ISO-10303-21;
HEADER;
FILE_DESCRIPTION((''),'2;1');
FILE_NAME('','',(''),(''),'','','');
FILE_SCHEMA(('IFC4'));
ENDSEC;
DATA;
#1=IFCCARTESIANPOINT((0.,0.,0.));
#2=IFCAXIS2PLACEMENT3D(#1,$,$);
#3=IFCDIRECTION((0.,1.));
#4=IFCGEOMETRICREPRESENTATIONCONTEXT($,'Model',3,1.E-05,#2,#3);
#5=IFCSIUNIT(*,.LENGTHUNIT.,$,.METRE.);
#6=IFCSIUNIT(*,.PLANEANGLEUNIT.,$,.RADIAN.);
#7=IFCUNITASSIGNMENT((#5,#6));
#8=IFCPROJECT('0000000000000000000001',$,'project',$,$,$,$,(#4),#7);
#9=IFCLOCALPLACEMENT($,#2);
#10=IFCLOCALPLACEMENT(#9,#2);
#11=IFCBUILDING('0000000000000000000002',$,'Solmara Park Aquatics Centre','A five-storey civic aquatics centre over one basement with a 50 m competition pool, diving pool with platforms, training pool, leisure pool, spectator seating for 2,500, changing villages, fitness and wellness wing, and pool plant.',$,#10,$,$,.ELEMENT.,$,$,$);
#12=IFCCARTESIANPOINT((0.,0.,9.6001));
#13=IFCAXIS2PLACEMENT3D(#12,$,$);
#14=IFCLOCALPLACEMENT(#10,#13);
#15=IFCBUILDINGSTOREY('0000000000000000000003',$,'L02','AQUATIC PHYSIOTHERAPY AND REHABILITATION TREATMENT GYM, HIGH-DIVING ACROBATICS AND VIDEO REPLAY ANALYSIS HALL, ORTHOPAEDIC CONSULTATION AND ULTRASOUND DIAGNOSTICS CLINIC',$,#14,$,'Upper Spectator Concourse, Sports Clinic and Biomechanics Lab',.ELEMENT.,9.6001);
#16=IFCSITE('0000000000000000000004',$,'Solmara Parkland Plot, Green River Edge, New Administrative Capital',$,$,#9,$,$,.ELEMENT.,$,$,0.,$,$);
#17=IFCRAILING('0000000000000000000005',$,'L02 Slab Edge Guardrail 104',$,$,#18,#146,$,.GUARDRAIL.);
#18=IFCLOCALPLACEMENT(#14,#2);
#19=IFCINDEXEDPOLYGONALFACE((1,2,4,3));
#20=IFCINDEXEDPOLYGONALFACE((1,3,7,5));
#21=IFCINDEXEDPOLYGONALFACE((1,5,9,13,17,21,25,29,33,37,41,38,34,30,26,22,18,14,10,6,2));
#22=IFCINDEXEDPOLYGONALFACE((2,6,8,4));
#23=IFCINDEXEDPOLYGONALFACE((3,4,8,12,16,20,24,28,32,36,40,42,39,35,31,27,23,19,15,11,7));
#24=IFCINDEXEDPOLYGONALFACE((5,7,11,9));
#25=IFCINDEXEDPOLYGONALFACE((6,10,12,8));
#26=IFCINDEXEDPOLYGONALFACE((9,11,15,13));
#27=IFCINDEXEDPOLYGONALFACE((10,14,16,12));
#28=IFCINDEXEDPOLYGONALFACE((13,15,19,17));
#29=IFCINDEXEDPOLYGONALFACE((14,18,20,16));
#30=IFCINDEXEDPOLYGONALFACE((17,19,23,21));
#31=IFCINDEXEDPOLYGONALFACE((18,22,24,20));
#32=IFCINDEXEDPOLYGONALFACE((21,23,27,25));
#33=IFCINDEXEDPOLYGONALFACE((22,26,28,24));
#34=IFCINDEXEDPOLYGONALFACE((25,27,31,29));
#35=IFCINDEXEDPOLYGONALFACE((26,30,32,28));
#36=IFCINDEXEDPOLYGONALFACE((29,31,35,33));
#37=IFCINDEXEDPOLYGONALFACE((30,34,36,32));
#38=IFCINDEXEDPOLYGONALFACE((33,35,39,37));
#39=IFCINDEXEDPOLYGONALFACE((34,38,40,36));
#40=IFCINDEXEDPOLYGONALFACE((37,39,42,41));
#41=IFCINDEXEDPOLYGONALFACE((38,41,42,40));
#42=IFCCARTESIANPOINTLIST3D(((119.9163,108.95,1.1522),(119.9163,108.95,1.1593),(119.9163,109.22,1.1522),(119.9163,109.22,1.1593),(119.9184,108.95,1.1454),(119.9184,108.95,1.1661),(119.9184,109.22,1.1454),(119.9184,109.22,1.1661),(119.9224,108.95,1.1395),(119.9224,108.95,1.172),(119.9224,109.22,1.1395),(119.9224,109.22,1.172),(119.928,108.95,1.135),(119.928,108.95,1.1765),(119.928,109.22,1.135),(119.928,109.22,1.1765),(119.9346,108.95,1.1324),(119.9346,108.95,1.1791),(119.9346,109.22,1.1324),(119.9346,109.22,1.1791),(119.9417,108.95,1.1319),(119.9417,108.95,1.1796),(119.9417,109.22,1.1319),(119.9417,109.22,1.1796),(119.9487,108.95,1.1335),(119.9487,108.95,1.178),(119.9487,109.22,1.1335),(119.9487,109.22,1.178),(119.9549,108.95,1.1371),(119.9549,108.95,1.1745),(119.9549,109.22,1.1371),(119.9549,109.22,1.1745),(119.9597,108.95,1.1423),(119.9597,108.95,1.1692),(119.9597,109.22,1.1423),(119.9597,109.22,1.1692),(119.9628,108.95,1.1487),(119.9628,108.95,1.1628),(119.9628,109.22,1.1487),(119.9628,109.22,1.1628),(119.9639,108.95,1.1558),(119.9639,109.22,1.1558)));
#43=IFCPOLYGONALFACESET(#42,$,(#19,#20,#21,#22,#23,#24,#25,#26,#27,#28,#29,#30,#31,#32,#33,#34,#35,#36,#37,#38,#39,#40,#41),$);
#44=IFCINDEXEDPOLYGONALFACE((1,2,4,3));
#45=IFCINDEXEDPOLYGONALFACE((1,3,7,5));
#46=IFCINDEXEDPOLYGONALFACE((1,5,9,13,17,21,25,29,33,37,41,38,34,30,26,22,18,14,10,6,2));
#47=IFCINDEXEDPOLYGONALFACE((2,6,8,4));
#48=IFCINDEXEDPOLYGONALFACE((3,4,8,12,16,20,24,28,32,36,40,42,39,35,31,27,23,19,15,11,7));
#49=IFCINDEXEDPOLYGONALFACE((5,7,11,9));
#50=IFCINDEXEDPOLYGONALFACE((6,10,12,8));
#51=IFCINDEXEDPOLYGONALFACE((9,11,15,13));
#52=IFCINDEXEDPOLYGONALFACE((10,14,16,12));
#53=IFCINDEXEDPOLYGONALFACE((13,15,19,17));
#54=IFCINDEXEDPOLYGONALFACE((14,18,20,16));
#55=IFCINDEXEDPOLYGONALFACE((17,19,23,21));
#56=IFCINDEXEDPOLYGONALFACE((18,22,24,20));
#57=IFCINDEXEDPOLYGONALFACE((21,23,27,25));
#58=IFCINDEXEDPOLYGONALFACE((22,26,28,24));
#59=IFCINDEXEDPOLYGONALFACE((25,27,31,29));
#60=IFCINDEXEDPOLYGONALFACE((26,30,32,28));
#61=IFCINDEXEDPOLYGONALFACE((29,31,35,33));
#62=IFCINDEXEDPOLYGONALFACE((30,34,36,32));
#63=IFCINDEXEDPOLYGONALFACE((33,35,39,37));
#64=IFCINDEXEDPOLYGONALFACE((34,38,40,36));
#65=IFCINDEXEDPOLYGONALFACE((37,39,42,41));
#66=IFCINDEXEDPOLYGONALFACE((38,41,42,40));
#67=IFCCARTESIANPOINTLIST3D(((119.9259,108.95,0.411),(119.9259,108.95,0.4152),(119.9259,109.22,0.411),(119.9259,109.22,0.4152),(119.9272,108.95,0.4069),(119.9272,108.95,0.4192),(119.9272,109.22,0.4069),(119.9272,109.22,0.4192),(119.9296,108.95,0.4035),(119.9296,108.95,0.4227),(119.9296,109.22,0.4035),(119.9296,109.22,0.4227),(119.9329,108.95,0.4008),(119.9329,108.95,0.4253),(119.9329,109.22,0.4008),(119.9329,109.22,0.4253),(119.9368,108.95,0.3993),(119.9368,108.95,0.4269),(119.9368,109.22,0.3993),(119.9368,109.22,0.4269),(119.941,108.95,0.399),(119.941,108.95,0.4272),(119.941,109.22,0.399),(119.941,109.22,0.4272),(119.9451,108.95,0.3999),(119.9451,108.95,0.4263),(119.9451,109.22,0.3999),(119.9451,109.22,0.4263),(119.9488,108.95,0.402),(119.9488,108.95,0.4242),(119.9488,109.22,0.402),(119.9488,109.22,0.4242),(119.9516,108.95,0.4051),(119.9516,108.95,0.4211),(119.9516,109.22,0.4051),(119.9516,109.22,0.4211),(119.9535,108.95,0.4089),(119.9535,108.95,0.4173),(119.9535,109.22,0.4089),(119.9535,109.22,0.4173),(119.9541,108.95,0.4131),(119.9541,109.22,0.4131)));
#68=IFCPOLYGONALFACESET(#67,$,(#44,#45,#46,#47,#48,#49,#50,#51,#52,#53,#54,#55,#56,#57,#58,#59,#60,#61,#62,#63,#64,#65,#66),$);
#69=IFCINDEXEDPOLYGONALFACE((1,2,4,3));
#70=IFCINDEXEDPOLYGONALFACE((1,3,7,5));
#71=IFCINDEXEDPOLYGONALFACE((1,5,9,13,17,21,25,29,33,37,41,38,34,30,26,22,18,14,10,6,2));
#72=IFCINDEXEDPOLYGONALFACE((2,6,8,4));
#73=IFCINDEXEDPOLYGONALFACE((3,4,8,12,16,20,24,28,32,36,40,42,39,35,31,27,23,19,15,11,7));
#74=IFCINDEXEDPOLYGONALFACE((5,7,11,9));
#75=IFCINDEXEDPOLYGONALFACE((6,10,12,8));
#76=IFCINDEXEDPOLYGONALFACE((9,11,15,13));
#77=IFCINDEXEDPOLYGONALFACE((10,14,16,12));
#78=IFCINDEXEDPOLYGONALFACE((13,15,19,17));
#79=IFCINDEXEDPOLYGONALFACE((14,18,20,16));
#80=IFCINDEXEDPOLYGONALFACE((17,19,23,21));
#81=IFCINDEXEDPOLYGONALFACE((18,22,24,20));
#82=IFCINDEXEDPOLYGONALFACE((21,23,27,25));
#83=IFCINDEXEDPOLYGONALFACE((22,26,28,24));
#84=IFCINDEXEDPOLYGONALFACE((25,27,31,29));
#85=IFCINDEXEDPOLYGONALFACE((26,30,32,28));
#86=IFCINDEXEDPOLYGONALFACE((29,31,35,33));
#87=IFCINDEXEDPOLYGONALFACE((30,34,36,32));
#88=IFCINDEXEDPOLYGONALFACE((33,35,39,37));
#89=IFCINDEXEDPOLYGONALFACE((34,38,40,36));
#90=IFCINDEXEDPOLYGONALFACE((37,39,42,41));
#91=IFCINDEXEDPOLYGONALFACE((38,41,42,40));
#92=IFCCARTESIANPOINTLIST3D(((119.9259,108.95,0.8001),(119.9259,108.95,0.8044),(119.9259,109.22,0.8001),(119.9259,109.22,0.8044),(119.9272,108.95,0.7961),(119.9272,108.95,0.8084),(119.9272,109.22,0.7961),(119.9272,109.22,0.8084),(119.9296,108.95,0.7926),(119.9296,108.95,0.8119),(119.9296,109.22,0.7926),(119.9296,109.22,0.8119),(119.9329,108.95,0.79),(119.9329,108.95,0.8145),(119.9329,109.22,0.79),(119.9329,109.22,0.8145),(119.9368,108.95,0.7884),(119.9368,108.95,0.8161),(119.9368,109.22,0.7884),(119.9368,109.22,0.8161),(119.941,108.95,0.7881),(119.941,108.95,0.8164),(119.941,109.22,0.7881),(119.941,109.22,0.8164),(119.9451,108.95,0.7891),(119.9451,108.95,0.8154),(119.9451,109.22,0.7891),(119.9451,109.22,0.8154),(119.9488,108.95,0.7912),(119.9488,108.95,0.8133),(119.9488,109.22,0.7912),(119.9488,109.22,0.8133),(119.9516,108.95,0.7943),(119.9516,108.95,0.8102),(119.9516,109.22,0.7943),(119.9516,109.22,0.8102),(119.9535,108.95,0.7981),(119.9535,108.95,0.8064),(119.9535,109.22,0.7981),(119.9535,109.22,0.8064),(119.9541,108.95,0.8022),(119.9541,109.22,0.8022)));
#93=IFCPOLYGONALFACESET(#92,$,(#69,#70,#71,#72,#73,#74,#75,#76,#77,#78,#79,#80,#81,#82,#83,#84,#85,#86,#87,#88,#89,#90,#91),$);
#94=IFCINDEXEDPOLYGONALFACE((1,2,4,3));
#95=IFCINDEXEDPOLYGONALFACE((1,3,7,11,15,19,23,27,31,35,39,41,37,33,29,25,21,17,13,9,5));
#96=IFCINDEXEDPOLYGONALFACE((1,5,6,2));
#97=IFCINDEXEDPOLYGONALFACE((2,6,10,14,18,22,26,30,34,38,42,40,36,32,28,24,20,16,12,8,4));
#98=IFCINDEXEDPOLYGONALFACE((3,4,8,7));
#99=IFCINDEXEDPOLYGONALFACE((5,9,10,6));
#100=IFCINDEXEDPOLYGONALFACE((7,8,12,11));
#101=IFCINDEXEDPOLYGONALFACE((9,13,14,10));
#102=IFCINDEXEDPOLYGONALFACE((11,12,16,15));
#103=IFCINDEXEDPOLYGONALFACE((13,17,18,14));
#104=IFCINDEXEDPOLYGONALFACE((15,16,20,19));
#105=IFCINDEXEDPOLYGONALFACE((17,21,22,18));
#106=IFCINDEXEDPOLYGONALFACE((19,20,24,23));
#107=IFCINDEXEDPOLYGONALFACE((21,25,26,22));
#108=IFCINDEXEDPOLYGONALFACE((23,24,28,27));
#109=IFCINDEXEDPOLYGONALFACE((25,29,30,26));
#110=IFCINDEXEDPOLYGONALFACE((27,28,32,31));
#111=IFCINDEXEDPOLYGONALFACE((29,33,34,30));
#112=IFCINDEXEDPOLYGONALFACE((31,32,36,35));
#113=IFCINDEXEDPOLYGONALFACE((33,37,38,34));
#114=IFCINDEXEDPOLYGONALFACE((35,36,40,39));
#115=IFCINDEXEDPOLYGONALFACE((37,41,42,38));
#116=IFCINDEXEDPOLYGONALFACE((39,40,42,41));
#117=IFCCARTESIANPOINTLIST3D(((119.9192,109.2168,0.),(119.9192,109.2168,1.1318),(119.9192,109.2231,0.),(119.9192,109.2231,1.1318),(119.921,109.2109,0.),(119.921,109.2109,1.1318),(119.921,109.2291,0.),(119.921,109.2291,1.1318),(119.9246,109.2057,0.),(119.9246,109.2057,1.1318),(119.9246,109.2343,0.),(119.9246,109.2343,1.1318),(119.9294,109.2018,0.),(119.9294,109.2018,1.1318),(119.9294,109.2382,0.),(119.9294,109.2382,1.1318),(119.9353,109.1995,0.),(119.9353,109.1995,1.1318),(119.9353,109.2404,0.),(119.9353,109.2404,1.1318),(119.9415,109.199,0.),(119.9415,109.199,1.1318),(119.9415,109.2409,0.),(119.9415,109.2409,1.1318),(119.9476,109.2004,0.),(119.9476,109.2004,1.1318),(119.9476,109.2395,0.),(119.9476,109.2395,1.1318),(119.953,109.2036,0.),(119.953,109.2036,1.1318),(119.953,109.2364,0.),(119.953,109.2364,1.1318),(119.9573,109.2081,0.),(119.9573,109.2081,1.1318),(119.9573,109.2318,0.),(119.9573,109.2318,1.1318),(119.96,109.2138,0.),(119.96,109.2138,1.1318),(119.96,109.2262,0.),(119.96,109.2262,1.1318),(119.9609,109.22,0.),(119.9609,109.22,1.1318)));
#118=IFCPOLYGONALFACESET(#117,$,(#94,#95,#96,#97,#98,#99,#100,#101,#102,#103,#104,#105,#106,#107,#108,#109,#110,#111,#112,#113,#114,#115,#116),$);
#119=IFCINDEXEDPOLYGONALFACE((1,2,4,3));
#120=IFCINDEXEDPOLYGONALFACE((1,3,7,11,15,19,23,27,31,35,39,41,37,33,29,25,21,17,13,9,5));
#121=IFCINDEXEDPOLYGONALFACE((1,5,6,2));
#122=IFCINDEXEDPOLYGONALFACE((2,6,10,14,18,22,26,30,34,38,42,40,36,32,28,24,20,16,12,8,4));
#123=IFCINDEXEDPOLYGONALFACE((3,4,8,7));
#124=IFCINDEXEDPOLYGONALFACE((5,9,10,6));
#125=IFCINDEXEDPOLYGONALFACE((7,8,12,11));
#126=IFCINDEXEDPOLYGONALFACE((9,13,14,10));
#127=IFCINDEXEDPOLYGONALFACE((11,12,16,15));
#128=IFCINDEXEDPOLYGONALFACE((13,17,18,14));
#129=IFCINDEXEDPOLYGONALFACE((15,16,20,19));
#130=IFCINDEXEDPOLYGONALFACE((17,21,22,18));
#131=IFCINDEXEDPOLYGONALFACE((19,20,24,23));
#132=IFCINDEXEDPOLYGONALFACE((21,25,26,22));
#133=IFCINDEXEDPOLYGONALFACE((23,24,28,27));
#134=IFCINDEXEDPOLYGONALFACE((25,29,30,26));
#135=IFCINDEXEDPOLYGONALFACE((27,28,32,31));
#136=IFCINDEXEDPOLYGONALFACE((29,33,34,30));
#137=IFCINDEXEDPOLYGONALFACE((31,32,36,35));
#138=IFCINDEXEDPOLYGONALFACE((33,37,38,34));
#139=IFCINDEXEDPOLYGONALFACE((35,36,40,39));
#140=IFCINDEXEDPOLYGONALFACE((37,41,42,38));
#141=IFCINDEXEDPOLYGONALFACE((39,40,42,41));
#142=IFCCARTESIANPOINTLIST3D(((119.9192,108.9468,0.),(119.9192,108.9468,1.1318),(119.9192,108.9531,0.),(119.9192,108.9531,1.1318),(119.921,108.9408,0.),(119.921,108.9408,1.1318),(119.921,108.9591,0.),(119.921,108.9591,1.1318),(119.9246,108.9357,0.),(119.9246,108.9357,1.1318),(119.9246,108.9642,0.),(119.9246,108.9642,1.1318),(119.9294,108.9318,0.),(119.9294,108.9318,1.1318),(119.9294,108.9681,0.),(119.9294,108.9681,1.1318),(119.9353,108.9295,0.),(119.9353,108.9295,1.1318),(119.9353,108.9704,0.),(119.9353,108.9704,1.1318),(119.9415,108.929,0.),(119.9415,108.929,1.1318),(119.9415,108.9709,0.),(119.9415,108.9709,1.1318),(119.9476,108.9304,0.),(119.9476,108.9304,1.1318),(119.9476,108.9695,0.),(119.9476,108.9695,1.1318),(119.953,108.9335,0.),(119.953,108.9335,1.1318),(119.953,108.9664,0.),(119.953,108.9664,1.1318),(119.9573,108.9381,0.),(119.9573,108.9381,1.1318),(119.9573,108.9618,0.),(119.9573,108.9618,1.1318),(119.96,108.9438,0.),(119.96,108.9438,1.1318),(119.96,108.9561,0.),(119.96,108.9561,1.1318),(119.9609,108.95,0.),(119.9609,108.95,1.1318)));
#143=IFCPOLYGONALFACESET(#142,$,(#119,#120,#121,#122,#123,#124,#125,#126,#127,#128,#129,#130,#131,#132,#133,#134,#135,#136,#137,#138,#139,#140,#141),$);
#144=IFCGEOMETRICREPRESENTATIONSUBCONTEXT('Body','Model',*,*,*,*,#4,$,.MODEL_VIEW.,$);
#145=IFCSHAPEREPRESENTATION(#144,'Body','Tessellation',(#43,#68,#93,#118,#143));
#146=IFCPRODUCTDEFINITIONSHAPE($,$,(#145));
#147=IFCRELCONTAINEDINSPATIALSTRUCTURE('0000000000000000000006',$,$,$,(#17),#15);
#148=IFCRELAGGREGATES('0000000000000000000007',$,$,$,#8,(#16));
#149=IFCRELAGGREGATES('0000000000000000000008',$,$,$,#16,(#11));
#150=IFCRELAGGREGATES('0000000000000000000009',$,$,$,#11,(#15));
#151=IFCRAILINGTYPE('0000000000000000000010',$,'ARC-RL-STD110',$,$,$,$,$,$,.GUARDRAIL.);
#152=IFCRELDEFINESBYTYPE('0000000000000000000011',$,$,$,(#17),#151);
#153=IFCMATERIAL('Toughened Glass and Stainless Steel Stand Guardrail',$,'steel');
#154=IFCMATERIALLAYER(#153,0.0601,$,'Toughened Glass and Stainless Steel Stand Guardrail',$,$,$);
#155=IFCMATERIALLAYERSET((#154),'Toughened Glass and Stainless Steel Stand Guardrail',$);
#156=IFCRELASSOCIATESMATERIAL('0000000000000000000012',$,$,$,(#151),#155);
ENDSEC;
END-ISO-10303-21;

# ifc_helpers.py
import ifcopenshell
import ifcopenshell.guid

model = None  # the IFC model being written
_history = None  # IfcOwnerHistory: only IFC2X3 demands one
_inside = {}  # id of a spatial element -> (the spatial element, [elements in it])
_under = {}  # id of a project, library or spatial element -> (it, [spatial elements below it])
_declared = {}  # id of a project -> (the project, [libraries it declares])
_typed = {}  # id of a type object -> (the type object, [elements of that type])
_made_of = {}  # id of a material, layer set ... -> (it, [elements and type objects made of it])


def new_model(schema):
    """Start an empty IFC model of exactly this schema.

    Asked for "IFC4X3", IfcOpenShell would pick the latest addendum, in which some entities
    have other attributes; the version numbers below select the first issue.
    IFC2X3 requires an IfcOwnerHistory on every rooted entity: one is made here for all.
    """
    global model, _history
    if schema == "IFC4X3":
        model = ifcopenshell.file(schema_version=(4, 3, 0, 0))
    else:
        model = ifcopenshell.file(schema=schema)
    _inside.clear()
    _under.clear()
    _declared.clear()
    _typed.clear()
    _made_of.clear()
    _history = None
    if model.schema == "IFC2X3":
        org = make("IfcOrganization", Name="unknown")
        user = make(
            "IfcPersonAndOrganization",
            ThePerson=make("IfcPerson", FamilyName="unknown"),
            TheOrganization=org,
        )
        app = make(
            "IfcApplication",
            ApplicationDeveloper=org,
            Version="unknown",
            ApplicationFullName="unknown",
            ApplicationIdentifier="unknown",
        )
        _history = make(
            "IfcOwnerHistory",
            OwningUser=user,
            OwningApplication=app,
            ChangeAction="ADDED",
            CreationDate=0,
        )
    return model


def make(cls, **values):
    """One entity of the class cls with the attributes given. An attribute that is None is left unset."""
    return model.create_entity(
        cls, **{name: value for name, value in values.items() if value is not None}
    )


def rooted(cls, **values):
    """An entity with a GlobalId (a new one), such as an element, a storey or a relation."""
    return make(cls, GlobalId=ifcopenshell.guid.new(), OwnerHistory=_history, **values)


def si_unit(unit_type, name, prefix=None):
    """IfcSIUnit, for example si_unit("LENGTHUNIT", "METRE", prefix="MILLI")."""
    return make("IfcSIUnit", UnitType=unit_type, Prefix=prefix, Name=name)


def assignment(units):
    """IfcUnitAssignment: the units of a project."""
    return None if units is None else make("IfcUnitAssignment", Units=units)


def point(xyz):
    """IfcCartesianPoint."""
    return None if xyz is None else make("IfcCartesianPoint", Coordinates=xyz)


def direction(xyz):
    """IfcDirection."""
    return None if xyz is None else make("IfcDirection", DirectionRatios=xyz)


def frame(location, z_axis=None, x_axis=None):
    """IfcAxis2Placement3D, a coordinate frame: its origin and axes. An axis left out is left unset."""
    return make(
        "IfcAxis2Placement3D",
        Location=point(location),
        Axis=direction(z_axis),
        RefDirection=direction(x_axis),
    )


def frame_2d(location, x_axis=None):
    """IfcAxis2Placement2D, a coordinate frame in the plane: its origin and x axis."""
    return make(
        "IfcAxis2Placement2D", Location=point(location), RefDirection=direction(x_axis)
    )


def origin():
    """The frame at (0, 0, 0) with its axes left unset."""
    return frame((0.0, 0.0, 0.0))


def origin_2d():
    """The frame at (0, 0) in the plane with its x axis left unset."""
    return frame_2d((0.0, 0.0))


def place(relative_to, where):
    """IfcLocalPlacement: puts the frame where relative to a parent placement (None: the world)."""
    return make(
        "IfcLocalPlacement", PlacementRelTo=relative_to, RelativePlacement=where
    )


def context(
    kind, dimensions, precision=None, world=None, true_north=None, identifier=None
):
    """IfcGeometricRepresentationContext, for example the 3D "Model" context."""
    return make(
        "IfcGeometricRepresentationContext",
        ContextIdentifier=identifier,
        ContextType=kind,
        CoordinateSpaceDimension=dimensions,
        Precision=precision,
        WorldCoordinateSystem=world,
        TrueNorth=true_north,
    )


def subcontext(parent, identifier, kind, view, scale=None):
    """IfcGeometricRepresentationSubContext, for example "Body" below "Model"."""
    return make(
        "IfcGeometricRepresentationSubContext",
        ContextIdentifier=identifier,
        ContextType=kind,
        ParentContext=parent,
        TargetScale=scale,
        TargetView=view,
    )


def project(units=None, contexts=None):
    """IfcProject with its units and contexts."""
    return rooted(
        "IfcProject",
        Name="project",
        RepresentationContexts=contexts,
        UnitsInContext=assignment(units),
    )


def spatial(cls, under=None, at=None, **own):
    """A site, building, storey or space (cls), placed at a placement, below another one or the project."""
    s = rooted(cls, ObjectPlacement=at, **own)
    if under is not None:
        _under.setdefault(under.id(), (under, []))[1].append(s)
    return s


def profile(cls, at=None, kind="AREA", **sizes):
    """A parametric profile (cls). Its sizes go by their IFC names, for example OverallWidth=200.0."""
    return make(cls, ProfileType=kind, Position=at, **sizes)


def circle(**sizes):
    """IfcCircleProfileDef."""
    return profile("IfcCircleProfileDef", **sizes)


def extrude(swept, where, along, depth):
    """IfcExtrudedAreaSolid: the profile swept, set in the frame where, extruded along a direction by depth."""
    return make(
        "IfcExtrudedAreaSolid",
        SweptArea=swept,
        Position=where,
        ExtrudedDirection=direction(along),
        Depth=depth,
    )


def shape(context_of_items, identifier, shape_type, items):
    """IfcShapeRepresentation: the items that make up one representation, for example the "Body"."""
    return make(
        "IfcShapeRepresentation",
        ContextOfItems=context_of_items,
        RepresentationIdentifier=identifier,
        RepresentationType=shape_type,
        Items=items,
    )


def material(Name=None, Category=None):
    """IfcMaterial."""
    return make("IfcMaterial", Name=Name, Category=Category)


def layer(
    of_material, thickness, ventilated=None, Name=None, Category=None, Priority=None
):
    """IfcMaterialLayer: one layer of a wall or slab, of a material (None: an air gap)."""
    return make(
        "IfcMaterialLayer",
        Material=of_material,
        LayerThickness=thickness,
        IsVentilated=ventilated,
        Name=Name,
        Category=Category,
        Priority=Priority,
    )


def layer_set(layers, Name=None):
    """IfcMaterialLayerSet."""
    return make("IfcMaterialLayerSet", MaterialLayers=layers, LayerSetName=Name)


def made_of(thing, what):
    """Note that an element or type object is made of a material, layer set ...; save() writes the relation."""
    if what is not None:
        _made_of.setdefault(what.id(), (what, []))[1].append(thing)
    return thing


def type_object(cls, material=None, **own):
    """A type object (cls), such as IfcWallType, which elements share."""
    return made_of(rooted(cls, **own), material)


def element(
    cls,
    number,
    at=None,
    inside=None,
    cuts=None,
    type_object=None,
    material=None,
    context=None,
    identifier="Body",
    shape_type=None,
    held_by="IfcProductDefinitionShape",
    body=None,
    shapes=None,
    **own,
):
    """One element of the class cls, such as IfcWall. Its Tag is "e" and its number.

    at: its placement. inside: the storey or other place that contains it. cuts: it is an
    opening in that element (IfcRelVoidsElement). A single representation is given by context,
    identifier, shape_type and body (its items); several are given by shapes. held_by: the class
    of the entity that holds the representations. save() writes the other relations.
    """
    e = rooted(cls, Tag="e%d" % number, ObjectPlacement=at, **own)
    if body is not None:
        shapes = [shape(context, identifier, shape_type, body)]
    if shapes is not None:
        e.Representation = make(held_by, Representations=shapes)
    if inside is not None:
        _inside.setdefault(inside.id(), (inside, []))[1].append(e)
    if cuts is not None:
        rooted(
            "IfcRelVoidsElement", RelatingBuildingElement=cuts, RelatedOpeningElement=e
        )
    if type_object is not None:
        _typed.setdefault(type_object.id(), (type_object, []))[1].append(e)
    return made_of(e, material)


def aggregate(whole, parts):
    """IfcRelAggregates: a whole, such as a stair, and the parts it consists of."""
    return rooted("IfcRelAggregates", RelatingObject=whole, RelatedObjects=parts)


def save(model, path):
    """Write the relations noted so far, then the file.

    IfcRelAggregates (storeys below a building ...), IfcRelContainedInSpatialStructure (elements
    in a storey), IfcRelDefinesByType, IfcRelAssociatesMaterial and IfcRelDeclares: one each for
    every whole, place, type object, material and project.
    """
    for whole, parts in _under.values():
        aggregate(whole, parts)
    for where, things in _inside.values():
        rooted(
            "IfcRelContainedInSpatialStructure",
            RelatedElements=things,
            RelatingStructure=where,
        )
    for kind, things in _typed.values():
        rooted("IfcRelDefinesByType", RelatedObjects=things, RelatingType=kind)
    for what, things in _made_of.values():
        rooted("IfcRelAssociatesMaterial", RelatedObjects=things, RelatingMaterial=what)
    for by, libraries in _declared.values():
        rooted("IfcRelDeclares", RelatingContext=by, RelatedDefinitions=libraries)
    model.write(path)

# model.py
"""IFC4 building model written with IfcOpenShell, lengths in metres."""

from ifc_helpers import new_model, si_unit, direction, frame, origin, origin_2d, place, context, subcontext, project, spatial, circle, extrude, material, layer, layer_set, type_object, element, save


model = new_model("IFC4")

# Units and contexts
model_context = context("Model", 3, precision=1e-05, world=origin(), true_north=direction((0.0, 1.0)))
body_context = subcontext(model_context, "Body", "Model", "MODEL_VIEW")
ifc_project = project(units=[si_unit("LENGTHUNIT", "METRE"), si_unit("PLANEANGLEUNIT", "RADIAN")], contexts=[model_context])

# Site, building, storey
site_placement = place(None, origin())
site = spatial("IfcSite", under=ifc_project, at=site_placement, Name="Solmara Parkland Plot, Green River Edge, New Administrative Capital", CompositionType="ELEMENT", RefElevation=0.0)
building_placement = place(site_placement, origin())
building = spatial("IfcBuilding", under=site, at=building_placement, Name="Solmara Park Aquatics Centre", Description="A five-storey civic aquatics centre over one basement with a 50 m competition pool, diving pool with platforms, training pool, leisure pool, spectator seating for 2,500, changing villages, fitness and wellness wing, and pool plant.", CompositionType="ELEMENT")
storey_placement = place(building_placement, frame((0.0, 0.0, 9.6001)))
storey = spatial("IfcBuildingStorey", under=building, at=storey_placement, Name="L02", Description="AQUATIC PHYSIOTHERAPY AND REHABILITATION TREATMENT GYM, HIGH-DIVING ACROBATICS AND VIDEO REPLAY ANALYSIS HALL, ORTHOPAEDIC CONSULTATION AND ULTRASOUND DIAGNOSTICS CLINIC", LongName="Upper Spectator Concourse, Sports Clinic and Biomechanics Lab", CompositionType="ELEMENT", Elevation=9.6001)

# Railing
ifc_material_1 = material(Name="Toughened Glass and Stainless Steel Stand Guardrail", Category="steel")
ifc_layer_1 = layer(ifc_material_1, 0.0601, Name="Toughened Glass and Stainless Steel Stand Guardrail")
ifc_layer_set_1 = layer_set([ifc_layer_1], Name="Toughened Glass and Stainless Steel Stand Guardrail")
railing_type_1 = type_object("IfcRailingType", Name="ARC-RL-STD110", PredefinedType="GUARDRAIL", material=ifc_layer_set_1)
railing_1_placement = place(storey_placement, frame((119.9399, 109.22, 0.0)))
element("IfcRailing", 1, at=railing_1_placement, inside=storey, type_object=railing_type_1, Name="L02 Slab Edge Guardrail 104", PredefinedType="GUARDRAIL", context=body_context, shape_type="SweptSolid", body=[
    extrude(circle(Radius=0.0239, at=origin_2d()), frame((0.0, 0.0, 1.1558), z_axis=(0.0, -1.0, 0.0), x_axis=(1.0, 0.0, 0.0)), (0.0, 0.0, 1.0), 0.27),
    extrude(circle(Radius=0.0142, at=origin_2d()), frame((0.0, 0.0, 0.4131), z_axis=(0.0, -1.0, 0.0), x_axis=(1.0, 0.0, 0.0)), (0.0, 0.0, 1.0), 0.27),
    extrude(circle(Radius=0.0142, at=origin_2d()), frame((0.0, 0.0, 0.8022), z_axis=(0.0, -1.0, 0.0), x_axis=(1.0, 0.0, 0.0)), (0.0, 0.0, 1.0), 0.27),
    extrude(circle(Radius=0.021, at=origin_2d()), origin(), (0.0, 0.0, 1.0), 1.1318),
    extrude(circle(Radius=0.021, at=origin_2d()), frame((0.0, -0.27, 0.0)), (0.0, 0.0, 1.0), 1.1318),
])

save(model, "model.ifc")
